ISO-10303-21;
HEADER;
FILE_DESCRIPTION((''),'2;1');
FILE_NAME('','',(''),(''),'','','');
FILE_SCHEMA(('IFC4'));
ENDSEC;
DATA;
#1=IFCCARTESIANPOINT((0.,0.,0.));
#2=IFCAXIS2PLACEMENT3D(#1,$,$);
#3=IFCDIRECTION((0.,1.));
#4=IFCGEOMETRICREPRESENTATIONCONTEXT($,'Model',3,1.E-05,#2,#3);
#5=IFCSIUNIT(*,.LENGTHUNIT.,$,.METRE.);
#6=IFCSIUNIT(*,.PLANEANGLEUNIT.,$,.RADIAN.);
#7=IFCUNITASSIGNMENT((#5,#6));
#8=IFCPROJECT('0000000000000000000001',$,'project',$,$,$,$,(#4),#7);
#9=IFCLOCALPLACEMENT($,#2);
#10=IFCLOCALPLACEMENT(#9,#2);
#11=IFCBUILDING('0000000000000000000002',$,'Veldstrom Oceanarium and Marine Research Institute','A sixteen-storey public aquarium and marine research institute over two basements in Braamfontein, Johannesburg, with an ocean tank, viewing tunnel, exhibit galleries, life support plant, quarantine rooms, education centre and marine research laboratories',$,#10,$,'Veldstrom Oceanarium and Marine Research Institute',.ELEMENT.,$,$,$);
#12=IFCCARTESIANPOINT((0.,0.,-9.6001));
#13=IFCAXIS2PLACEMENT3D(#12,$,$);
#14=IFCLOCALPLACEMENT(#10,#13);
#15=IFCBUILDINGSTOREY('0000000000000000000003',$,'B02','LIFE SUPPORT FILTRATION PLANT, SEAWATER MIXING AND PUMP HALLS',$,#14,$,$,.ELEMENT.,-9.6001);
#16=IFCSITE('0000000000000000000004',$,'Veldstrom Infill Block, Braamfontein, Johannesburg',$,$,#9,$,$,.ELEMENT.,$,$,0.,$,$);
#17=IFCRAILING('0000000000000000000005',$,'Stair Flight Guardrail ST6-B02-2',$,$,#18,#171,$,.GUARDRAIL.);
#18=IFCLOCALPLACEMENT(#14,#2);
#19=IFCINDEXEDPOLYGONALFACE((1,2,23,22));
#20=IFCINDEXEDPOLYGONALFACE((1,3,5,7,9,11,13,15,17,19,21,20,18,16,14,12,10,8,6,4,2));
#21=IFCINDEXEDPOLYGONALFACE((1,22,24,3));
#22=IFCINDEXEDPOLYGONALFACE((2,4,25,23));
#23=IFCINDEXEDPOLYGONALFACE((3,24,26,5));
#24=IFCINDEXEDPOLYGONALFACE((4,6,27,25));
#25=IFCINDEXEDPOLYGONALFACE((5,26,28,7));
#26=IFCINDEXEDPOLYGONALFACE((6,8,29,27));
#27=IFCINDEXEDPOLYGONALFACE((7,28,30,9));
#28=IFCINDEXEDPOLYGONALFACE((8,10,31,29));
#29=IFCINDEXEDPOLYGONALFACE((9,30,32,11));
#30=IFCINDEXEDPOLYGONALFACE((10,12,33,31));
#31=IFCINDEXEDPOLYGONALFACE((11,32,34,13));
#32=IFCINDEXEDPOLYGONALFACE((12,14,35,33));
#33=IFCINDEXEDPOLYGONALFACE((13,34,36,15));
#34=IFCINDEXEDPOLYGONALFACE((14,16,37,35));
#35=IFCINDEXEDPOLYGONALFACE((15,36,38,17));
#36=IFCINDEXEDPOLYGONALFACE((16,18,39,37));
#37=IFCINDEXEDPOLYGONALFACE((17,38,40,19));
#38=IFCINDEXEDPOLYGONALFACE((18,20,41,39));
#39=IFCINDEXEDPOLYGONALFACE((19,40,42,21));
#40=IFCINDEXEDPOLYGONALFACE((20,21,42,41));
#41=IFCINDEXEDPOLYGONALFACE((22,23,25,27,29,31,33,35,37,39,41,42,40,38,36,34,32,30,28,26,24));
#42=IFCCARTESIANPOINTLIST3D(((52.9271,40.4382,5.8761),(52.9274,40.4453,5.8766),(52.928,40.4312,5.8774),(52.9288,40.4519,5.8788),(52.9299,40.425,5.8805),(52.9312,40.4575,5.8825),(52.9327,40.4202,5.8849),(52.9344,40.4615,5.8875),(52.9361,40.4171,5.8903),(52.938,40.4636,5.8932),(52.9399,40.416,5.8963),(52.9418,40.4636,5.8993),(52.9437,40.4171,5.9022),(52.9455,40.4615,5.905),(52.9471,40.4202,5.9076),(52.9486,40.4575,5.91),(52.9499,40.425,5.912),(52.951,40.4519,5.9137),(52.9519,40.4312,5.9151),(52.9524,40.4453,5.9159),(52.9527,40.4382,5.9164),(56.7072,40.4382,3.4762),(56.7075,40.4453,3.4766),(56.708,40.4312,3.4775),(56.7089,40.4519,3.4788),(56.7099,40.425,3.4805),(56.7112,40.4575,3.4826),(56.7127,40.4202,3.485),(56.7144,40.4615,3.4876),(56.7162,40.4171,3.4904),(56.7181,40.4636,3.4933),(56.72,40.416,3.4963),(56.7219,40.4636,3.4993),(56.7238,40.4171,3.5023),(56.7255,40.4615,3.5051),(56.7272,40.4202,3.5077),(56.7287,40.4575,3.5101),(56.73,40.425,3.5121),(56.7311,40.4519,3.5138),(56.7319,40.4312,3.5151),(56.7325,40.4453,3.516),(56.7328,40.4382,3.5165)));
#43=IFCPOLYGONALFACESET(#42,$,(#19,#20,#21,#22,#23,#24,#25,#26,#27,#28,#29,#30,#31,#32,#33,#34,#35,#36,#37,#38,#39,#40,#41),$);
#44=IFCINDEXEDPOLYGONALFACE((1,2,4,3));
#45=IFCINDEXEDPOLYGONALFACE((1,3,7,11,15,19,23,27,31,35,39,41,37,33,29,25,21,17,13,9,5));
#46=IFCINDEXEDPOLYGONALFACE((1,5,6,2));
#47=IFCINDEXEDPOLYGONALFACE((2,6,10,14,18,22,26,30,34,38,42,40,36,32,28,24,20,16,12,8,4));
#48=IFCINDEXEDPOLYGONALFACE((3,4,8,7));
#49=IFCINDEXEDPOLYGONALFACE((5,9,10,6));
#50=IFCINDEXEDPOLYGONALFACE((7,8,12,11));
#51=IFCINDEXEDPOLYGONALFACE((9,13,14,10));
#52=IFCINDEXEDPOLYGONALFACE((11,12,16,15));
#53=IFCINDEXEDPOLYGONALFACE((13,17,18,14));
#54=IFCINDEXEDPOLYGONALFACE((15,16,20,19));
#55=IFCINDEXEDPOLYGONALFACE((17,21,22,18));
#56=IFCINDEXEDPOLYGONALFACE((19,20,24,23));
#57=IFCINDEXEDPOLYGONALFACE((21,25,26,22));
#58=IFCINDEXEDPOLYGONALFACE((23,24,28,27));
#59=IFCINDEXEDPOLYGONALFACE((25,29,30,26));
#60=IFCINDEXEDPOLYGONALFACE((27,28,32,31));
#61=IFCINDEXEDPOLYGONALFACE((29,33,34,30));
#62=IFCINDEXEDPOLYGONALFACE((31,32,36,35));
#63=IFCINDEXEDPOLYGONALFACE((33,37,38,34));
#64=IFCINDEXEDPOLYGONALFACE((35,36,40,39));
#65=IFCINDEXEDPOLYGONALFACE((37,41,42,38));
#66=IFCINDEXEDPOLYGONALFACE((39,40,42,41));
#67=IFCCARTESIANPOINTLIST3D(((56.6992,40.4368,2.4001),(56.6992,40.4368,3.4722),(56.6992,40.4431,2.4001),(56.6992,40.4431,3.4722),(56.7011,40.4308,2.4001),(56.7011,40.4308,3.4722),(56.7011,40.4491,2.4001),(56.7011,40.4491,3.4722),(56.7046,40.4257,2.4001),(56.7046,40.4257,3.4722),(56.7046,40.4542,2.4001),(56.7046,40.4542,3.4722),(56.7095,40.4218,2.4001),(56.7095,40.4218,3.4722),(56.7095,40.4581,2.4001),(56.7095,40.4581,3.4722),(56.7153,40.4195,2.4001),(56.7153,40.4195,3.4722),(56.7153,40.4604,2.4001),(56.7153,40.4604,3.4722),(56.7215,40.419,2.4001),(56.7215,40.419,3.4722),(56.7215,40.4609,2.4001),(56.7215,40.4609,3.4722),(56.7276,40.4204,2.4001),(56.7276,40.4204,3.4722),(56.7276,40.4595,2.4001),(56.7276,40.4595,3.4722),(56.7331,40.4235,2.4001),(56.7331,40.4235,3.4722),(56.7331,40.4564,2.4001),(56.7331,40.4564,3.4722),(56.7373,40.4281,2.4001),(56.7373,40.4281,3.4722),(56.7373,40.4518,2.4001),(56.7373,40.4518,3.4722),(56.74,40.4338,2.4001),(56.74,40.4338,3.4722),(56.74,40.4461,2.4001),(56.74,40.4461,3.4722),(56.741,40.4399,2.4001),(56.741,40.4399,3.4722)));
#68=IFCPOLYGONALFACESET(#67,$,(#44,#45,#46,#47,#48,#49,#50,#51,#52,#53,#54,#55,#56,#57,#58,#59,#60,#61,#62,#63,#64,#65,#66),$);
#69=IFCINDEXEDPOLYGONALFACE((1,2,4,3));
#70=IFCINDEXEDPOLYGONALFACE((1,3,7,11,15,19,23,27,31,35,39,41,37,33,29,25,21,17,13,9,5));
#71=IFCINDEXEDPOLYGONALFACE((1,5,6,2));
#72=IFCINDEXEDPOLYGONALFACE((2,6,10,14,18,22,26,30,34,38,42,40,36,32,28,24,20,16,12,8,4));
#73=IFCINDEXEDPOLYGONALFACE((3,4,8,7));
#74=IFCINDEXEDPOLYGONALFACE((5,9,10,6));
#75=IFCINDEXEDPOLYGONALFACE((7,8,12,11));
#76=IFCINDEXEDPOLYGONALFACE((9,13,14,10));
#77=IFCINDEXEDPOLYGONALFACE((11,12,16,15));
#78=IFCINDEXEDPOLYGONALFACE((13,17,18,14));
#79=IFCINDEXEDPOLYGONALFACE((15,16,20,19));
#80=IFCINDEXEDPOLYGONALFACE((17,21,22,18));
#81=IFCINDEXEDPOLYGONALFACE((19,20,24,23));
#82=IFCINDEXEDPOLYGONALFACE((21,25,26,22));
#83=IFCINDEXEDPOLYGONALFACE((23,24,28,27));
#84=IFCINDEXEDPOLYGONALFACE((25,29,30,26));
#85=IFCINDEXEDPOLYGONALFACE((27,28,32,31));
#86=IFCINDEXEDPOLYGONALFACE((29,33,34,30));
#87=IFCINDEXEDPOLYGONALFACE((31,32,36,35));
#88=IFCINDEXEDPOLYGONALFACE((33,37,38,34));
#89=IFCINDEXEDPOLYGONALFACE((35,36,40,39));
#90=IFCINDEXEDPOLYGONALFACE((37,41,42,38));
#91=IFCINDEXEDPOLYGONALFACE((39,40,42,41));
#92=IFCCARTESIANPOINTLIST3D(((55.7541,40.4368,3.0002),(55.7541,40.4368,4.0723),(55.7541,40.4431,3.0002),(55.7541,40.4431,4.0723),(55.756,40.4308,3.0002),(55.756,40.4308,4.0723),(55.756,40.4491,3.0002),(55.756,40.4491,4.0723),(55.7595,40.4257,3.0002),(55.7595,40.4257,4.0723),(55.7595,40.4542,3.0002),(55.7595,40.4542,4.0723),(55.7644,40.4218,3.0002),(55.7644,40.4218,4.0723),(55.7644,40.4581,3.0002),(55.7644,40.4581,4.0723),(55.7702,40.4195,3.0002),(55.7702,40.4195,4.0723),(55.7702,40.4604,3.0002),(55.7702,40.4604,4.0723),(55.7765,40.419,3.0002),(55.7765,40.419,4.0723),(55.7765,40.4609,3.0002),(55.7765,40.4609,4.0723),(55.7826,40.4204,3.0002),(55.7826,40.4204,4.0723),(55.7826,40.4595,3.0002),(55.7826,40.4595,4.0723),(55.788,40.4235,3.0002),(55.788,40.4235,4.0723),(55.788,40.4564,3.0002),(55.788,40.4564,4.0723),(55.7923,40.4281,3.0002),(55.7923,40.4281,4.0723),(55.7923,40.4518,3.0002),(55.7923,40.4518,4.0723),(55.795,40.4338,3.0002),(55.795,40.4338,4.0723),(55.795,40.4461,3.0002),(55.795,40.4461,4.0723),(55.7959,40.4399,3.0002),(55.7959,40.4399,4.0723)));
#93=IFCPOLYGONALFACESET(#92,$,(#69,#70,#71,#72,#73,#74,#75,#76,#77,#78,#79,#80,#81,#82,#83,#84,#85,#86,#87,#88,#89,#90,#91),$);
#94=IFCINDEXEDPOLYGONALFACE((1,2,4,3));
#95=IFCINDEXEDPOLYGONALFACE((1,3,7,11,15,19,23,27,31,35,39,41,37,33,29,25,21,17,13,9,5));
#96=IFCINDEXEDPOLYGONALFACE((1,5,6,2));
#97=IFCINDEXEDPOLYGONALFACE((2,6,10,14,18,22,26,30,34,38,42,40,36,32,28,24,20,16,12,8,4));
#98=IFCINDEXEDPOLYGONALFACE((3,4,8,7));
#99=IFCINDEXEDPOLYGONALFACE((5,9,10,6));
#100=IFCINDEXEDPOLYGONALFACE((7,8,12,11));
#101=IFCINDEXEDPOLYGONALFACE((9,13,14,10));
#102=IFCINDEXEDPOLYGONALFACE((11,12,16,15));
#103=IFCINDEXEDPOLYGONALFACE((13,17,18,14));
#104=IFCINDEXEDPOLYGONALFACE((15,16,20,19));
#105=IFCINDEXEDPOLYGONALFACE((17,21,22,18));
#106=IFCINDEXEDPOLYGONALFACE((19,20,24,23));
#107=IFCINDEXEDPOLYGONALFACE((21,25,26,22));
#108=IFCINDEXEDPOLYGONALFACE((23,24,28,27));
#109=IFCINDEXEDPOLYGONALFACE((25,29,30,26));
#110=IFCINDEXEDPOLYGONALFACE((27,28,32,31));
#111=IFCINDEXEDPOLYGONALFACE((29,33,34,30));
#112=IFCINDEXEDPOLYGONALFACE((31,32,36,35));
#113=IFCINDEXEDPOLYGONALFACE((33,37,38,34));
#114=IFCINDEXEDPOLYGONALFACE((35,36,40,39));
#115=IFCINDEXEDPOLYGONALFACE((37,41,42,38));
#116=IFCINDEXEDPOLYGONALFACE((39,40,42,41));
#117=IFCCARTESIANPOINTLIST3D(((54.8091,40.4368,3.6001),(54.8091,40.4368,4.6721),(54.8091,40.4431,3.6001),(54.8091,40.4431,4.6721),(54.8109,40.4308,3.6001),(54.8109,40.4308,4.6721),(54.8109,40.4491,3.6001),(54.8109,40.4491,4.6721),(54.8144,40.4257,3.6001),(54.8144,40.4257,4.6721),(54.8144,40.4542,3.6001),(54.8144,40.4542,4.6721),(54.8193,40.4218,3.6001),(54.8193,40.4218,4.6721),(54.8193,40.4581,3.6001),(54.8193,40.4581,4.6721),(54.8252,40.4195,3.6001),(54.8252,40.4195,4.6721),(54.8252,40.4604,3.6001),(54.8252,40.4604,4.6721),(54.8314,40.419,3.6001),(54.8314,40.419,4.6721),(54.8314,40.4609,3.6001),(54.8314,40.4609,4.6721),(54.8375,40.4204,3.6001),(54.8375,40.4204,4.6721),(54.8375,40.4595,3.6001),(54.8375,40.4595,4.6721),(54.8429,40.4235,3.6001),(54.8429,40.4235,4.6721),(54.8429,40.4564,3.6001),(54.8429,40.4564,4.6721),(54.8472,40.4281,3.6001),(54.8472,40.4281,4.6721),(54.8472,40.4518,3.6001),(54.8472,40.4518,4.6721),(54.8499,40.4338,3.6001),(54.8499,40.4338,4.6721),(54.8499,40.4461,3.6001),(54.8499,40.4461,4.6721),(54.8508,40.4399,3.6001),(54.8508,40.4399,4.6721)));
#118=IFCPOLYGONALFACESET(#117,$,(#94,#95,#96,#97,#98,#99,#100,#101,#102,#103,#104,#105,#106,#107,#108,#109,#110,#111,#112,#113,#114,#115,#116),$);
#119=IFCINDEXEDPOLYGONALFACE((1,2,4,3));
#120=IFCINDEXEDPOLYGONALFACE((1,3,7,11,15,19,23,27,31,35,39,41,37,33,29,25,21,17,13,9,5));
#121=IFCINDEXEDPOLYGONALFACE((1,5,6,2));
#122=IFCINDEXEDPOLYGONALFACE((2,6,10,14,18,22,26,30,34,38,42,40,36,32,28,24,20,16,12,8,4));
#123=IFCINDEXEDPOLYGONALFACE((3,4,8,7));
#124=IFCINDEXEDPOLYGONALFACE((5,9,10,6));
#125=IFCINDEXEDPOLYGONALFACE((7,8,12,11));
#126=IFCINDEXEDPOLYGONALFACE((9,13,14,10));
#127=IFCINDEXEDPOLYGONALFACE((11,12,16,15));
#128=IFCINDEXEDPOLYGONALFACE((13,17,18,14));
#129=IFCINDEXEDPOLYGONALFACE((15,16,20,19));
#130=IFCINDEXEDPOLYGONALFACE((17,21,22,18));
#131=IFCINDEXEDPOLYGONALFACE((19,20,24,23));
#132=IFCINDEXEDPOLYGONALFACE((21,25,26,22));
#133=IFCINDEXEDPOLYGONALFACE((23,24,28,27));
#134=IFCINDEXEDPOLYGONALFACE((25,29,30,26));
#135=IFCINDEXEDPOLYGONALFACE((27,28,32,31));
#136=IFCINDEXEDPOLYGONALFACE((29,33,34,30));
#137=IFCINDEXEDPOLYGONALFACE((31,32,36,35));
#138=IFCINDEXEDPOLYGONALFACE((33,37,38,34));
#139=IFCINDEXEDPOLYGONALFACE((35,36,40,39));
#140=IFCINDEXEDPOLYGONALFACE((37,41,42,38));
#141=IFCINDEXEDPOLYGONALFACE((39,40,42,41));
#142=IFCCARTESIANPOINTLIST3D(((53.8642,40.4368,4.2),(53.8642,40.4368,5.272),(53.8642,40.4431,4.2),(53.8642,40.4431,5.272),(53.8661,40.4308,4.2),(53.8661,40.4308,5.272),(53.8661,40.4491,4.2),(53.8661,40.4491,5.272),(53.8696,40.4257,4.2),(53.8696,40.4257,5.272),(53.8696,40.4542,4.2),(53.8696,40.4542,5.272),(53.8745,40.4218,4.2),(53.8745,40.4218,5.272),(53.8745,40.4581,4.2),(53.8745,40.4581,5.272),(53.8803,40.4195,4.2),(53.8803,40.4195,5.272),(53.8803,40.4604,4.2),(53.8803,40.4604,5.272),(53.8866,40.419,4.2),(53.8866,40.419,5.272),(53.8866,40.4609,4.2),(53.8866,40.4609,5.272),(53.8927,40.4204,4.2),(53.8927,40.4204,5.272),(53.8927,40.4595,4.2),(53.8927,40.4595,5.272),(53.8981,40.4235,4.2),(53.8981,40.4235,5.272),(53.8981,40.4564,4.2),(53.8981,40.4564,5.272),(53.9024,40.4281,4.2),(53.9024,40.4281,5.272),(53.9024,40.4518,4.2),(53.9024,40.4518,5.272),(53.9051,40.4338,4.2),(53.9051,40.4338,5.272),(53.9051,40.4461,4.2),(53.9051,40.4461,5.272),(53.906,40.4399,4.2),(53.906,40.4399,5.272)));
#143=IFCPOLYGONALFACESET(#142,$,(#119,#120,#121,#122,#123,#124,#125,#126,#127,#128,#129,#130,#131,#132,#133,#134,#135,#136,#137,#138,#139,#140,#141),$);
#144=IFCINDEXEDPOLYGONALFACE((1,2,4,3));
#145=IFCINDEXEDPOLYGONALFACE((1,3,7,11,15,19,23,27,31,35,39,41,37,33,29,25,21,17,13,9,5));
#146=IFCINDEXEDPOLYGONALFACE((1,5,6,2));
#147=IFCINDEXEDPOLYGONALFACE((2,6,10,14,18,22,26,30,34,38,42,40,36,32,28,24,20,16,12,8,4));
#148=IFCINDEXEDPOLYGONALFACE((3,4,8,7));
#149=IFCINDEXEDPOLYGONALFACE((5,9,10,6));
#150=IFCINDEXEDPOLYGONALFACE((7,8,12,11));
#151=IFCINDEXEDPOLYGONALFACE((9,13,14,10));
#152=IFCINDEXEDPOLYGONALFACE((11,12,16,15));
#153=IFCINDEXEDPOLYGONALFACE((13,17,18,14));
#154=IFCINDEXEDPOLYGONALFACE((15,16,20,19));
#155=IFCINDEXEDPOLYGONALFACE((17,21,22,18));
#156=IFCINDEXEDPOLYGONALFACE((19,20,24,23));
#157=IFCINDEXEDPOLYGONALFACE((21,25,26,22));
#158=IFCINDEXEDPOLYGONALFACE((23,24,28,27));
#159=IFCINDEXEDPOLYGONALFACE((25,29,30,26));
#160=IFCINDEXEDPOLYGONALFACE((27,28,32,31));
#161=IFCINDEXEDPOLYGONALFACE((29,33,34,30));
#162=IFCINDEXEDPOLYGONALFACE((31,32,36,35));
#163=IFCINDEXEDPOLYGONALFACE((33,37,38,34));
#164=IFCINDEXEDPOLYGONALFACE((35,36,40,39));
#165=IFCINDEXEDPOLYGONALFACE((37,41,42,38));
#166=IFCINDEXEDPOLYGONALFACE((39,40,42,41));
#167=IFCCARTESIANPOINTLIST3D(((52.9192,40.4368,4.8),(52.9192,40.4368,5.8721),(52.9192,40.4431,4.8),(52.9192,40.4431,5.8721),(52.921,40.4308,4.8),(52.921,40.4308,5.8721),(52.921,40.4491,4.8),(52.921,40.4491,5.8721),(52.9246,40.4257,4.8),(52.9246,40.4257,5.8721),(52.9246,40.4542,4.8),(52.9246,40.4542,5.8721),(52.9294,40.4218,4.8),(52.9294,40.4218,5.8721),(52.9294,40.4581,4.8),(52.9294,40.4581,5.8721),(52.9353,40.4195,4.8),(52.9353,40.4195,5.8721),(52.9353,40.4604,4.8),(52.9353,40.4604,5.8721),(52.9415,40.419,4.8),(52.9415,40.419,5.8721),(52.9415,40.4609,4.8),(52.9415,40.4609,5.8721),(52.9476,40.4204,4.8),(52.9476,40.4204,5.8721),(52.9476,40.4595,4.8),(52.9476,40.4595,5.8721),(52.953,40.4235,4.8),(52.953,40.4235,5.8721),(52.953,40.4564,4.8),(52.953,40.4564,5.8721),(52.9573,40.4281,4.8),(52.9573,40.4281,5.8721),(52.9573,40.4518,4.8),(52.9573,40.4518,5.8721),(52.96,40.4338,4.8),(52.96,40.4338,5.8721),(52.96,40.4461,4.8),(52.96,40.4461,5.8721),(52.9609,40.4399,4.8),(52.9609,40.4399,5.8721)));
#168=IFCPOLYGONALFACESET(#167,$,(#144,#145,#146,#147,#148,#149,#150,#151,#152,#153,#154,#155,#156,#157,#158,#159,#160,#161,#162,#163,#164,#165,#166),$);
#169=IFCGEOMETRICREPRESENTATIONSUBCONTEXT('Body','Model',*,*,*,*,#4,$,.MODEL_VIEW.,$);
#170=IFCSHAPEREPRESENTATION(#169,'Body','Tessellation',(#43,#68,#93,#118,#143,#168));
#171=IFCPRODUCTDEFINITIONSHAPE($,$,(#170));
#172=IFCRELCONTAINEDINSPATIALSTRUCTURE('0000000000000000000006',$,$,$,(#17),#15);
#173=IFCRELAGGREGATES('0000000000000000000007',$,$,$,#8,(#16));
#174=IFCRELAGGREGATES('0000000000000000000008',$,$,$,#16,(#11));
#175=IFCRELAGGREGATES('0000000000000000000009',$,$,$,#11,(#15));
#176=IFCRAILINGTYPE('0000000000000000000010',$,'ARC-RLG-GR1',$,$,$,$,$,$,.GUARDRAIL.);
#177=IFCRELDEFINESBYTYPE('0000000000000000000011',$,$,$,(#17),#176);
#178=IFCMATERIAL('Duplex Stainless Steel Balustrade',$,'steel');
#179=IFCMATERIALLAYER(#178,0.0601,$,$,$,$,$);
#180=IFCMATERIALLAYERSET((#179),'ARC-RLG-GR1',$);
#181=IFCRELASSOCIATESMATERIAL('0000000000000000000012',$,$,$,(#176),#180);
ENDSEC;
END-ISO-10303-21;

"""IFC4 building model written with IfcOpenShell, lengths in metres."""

from ifc_helpers import new_model, si_unit, direction, frame, origin, origin_2d, place, context, subcontext, project, spatial, circle, extrude, material, layer, layer_set, type_object, element, save


model = new_model("IFC4")

# Units and contexts
model_context = context("Model", 3, precision=1e-05, world=origin(), true_north=direction((0.0, 1.0)))
body_context = subcontext(model_context, "Body", "Model", "MODEL_VIEW")
ifc_project = project(units=[si_unit("LENGTHUNIT", "METRE"), si_unit("PLANEANGLEUNIT", "RADIAN")], contexts=[model_context])

# Site, building, storey
site_placement = place(None, origin())
site = spatial("IfcSite", under=ifc_project, at=site_placement, Name="Veldstrom Infill Block, Braamfontein, Johannesburg", CompositionType="ELEMENT", RefElevation=0.0)
building_placement = place(site_placement, origin())
building = spatial("IfcBuilding", under=site, at=building_placement, Name="Veldstrom Oceanarium and Marine Research Institute", Description="A sixteen-storey public aquarium and marine research institute over two basements in Braamfontein, Johannesburg, with an ocean tank, viewing tunnel, exhibit galleries, life support plant, quarantine rooms, education centre and marine research laboratories", LongName="Veldstrom Oceanarium and Marine Research Institute", CompositionType="ELEMENT")
storey_placement = place(building_placement, frame((0.0, 0.0, -9.6001)))
storey = spatial("IfcBuildingStorey", under=building, at=storey_placement, Name="B02", Description="LIFE SUPPORT FILTRATION PLANT, SEAWATER MIXING AND PUMP HALLS", CompositionType="ELEMENT", Elevation=-9.6001)

# Railing
ifc_material_1 = material(Name="Duplex Stainless Steel Balustrade", Category="steel")
ifc_layer_1 = layer(ifc_material_1, 0.0601)
ifc_layer_set_1 = layer_set([ifc_layer_1], Name="ARC-RLG-GR1")
railing_type_1 = type_object("IfcRailingType", Name="ARC-RLG-GR1", PredefinedType="GUARDRAIL", material=ifc_layer_set_1)
railing_1_placement = place(storey_placement, frame((56.72, 40.4399, 2.4001)))
element("IfcRailing", 1, at=railing_1_placement, inside=storey, type_object=railing_type_1, Name="Stair Flight Guardrail ST6-B02-2", PredefinedType="GUARDRAIL", context=body_context, shape_type="SweptSolid", body=[
    extrude(circle(Radius=0.0239, at=origin_2d()), frame((0.0, 0.0, 1.0962), z_axis=(-0.844225, 0.0, 0.53599), x_axis=(0.0, -1.0, 0.0)), (0.0, 0.0, 1.0), 4.4775),
    extrude(circle(Radius=0.021, at=origin_2d()), origin(), (0.0, 0.0, 1.0), 1.072),
    extrude(circle(Radius=0.021, at=origin_2d()), frame((-0.9451, 0.0, 0.6001)), (0.0, 0.0, 1.0), 1.072),
    extrude(circle(Radius=0.021, at=origin_2d()), frame((-1.8901, 0.0, 1.2)), (0.0, 0.0, 1.0), 1.072),
    extrude(circle(Radius=0.021, at=origin_2d()), frame((-2.835, 0.0, 1.7998)), (0.0, 0.0, 1.0), 1.072),
    extrude(circle(Radius=0.021, at=origin_2d()), frame((-3.78, 0.0, 2.3999)), (0.0, 0.0, 1.0), 1.072),
])

save(model, "model.ifc")
